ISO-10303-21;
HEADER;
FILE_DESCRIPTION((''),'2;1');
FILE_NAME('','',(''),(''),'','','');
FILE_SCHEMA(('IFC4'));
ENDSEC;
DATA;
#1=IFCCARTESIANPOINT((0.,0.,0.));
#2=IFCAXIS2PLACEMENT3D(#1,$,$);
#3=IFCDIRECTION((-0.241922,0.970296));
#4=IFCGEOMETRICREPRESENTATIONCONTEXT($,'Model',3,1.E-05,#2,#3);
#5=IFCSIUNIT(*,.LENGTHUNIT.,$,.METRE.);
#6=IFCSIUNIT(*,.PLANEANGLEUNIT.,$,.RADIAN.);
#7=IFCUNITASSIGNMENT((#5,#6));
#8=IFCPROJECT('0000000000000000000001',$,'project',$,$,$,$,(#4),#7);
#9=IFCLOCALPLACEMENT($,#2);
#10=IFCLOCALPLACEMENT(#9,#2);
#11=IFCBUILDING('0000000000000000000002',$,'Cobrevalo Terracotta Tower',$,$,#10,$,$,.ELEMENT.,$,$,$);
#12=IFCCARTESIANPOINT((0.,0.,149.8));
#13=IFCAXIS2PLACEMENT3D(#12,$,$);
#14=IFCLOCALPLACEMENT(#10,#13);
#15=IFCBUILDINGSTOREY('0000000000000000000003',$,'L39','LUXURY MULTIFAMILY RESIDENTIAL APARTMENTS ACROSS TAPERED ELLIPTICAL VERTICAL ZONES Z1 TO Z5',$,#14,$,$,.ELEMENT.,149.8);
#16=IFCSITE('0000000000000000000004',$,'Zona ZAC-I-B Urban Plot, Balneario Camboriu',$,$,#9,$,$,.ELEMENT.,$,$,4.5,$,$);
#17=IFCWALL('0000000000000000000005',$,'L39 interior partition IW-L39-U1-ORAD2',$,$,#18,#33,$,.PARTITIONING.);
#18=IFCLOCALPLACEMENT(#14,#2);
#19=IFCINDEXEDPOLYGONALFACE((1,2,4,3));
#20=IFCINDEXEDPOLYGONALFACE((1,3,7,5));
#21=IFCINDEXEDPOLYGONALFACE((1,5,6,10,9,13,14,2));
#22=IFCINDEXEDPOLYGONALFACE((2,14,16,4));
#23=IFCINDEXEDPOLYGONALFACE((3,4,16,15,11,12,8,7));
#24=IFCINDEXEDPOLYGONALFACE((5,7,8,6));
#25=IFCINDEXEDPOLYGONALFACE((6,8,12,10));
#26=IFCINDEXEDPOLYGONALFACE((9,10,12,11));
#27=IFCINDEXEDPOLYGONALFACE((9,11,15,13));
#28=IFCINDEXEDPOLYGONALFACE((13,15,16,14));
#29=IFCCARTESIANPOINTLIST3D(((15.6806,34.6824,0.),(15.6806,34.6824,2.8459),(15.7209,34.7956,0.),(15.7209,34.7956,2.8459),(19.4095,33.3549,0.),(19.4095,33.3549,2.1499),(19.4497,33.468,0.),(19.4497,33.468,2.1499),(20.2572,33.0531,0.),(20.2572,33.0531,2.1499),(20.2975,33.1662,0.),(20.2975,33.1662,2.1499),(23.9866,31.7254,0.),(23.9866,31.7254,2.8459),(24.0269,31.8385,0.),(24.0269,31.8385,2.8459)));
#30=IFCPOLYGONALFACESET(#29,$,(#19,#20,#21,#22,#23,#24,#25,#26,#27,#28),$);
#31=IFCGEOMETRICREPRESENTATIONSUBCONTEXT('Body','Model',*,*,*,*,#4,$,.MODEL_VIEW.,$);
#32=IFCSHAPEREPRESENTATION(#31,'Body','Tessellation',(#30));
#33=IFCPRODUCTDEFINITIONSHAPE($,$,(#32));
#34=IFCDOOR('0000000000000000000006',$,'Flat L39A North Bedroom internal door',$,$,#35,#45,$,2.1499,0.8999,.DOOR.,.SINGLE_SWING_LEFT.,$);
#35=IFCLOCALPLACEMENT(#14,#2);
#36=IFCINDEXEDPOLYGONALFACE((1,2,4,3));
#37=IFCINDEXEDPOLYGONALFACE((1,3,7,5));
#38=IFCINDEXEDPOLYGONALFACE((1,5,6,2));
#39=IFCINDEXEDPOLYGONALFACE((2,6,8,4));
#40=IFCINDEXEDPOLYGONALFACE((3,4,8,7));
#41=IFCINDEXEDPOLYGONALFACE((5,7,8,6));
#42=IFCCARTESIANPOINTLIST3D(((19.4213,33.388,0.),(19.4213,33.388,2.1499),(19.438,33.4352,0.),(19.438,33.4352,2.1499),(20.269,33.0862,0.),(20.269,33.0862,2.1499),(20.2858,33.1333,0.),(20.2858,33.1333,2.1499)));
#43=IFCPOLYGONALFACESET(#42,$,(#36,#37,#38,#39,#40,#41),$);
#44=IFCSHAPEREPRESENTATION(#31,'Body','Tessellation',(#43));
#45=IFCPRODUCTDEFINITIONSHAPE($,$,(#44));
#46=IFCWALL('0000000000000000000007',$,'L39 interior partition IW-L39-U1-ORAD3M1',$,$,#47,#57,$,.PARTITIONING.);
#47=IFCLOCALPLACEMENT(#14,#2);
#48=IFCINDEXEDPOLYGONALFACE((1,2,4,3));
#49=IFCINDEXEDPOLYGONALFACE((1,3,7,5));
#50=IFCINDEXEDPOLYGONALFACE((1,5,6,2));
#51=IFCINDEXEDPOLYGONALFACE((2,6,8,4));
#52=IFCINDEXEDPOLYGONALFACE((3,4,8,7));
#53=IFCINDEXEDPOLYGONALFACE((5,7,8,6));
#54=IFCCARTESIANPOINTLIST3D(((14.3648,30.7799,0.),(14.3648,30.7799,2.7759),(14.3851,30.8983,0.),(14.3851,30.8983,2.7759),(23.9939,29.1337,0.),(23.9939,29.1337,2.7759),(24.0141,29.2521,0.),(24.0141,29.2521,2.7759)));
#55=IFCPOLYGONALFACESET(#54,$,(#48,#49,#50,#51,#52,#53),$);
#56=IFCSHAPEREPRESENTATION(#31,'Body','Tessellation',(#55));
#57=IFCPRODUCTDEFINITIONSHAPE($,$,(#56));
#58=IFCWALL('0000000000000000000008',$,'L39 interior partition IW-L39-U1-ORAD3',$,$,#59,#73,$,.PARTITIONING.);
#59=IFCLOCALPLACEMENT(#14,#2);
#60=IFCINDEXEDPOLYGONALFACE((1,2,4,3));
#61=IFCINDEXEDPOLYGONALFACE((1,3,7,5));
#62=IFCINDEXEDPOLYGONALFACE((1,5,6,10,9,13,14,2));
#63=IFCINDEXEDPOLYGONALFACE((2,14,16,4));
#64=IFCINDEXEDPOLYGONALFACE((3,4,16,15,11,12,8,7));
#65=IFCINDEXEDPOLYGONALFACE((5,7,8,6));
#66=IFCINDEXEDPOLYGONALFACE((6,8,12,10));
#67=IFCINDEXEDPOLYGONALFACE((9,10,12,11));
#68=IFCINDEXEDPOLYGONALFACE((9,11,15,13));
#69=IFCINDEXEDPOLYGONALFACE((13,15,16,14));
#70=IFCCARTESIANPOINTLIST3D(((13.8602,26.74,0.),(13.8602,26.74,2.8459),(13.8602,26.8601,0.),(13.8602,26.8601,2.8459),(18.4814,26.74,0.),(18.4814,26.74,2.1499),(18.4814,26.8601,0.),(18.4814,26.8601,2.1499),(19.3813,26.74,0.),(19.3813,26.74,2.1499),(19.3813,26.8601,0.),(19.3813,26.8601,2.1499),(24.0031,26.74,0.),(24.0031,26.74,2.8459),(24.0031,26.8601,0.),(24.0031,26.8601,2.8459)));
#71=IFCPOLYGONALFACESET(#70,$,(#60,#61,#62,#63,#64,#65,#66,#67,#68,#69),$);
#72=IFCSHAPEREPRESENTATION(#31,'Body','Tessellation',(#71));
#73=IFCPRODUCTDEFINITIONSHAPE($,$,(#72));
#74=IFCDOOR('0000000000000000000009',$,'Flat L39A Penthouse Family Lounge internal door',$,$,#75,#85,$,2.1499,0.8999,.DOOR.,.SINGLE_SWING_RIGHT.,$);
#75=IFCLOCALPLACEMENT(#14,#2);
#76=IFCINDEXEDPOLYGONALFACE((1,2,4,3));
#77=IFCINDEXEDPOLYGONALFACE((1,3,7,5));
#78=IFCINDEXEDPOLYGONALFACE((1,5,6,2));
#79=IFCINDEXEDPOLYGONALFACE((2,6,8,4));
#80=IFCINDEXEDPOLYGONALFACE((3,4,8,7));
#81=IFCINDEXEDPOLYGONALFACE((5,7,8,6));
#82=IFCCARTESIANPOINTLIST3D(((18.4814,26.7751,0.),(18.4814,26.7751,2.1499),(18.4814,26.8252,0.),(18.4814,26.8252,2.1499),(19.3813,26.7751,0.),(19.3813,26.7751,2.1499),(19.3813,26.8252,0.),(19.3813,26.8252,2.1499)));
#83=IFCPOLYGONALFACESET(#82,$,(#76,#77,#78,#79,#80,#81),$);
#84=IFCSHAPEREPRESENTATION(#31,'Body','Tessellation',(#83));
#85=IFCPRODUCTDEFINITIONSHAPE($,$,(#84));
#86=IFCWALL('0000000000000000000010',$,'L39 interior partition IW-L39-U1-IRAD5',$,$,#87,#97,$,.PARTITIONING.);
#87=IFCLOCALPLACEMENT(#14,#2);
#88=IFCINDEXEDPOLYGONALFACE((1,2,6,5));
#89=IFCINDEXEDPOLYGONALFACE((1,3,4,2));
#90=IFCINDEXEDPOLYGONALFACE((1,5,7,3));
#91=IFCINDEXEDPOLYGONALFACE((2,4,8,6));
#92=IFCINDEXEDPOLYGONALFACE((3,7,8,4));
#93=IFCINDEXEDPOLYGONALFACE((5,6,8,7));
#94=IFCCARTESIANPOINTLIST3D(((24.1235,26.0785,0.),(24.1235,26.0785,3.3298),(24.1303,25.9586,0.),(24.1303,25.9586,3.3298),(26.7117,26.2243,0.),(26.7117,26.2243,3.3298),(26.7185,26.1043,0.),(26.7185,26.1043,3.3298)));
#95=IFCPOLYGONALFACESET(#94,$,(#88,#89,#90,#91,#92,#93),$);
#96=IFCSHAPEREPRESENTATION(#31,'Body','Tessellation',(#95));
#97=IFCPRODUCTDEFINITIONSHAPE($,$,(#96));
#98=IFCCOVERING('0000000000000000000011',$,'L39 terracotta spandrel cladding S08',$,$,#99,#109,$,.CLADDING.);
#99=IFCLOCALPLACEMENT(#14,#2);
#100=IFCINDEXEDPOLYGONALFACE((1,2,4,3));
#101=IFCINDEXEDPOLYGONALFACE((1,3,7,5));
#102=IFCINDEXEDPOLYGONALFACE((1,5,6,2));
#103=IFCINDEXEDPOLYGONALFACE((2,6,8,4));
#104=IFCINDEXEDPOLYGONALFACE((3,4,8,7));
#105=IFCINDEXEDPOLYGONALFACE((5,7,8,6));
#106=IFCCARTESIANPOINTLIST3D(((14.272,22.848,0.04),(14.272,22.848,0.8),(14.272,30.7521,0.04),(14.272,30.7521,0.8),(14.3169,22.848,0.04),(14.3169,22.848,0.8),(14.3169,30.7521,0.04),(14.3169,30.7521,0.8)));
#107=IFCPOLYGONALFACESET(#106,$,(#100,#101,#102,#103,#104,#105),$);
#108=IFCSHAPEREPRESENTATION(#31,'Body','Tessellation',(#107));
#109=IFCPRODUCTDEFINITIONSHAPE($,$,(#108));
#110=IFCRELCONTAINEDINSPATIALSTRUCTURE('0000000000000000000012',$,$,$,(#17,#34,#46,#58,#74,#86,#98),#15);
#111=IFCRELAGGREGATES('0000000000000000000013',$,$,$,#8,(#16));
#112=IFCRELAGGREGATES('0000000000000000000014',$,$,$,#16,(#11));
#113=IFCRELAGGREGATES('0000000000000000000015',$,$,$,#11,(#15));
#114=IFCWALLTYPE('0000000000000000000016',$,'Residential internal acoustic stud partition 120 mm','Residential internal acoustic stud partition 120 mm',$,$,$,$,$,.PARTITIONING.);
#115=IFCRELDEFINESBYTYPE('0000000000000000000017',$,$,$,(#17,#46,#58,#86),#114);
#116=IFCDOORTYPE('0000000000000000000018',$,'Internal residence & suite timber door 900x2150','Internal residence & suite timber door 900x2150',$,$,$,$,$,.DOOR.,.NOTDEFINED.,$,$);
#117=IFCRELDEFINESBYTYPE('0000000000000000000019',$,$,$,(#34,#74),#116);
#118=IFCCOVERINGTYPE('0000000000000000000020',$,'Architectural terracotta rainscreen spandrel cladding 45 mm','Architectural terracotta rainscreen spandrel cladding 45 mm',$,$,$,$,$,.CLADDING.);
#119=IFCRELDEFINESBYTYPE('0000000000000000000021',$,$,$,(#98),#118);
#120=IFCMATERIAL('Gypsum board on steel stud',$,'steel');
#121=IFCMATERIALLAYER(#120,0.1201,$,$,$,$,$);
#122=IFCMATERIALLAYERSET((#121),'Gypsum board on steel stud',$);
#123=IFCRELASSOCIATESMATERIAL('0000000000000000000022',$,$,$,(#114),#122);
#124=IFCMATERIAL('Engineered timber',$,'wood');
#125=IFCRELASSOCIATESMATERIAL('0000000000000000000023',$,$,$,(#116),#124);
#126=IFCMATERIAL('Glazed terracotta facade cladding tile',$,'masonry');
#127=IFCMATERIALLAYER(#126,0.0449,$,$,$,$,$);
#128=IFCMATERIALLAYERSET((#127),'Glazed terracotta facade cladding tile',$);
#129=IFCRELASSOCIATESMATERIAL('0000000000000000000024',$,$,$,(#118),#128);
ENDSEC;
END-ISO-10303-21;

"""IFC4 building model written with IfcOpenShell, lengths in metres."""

from ifc_helpers import new_model, si_unit, direction, frame, frame_2d, origin, origin_2d, place, context, subcontext, project, spatial, rectangle, extrude, source, transform, mapped, material, layer, layer_set, type_object, element, fill, save


model = new_model("IFC4")

# Units and contexts
model_context = context("Model", 3, precision=1e-05, world=origin(), true_north=direction((-0.241922, 0.970296)))
body_context = subcontext(model_context, "Body", "Model", "MODEL_VIEW")
ifc_project = project(units=[si_unit("LENGTHUNIT", "METRE"), si_unit("PLANEANGLEUNIT", "RADIAN")], contexts=[model_context])

# Site, building, storey
site_placement = place(None, origin())
site = spatial("IfcSite", under=ifc_project, at=site_placement, Name="Zona ZAC-I-B Urban Plot, Balneario Camboriu", CompositionType="ELEMENT", RefElevation=4.5)
building_placement = place(site_placement, origin())
building = spatial("IfcBuilding", under=site, at=building_placement, Name="Cobrevalo Terracotta Tower", CompositionType="ELEMENT")
storey_placement = place(building_placement, frame((0.0, 0.0, 149.8)))
storey = spatial("IfcBuildingStorey", under=building, at=storey_placement, Name="L39", Description="LUXURY MULTIFAMILY RESIDENTIAL APARTMENTS ACROSS TAPERED ELLIPTICAL VERTICAL ZONES Z1 TO Z5", CompositionType="ELEMENT", Elevation=149.8)

# Wall, opening, door
ifc_material_1 = material(Name="Gypsum board on steel stud", Category="steel")
ifc_layer_1 = layer(ifc_material_1, 0.1201)
ifc_layer_set_1 = layer_set([ifc_layer_1], Name="Gypsum board on steel stud")
wall_type_1 = type_object("IfcWallType", Name="Residential internal acoustic stud partition 120 mm", Description="Residential internal acoustic stud partition 120 mm", PredefinedType="PARTITIONING", material=ifc_layer_set_1)
wall_1_placement = place(storey_placement, frame((24.0066, 31.782, 0.0), z_axis=(0.0, 0.0, 1.0), x_axis=(-0.942078, 0.335394, 0.0)))
wall_1 = element("IfcWall", 1, at=wall_1_placement, inside=storey, type_object=wall_type_1, Name="L39 interior partition IW-L39-U1-ORAD2", PredefinedType="PARTITIONING", context=body_context, shape_type="SweptSolid", body=[
    extrude(rectangle(XDim=8.8167, YDim=0.1201, at=frame_2d((4.4082, 0.0))), origin(), (0.0, 0.0, 1.0), 2.8459),
])
opening_1_placement = place(wall_1_placement, frame((3.9585, 0.0, 0.0)))
opening_1 = element("IfcOpeningElement", 2, at=opening_1_placement, cuts=wall_1, PredefinedType="OPENING", context=body_context, shape_type="SweptSolid", body=[
    extrude(rectangle(XDim=0.8999, YDim=2.1499, at=frame_2d((0.45, 1.075))), frame((0.0, 0.0701, 0.0), z_axis=(0.0, -1.0, 0.0), x_axis=(1.0, 0.0, 0.0)), (0.0, 0.0, 1.0), 0.1401),
])
ifc_material_2 = material(Name="Engineered timber", Category="wood")
door_type = type_object("IfcDoorType", Name="Internal residence & suite timber door 900x2150", Description="Internal residence & suite timber door 900x2150", OperationType="NOTDEFINED", PredefinedType="DOOR", material=ifc_material_2)
shared_shape_1 = source(origin(), body_context, "Body", "SweptSolid", [
    extrude(rectangle(XDim=0.8999, YDim=2.1499, at=frame_2d((0.45, 1.075))), frame((0.0, 0.0249, 0.0), z_axis=(0.0, -1.0, 0.0), x_axis=(1.0, 0.0, 0.0)), (0.0, 0.0, 1.0), 0.05),
])
door_1_placement = place(opening_1_placement, origin())
door_1 = element("IfcDoor", 3, at=door_1_placement, inside=storey, type_object=door_type, Name="Flat L39A North Bedroom internal door", OperationType="SINGLE_SWING_LEFT", OverallHeight=2.1499, OverallWidth=0.8999, PredefinedType="DOOR", context=body_context, shape_type="MappedRepresentation", body=[
    mapped(shared_shape_1, transform((0.0, 0.0, 0.0), scale=1.0)),
])
fill(opening_1, door_1)

# Wall
wall_2_placement = place(storey_placement, frame((24.0039, 29.1929, 0.0), z_axis=(0.0, 0.0, 1.0), x_axis=(-0.985698, 0.168519, 0.0)))
element("IfcWall", 4, at=wall_2_placement, inside=storey, type_object=wall_type_1, Name="L39 interior partition IW-L39-U1-ORAD3M1", PredefinedType="PARTITIONING", context=body_context, shape_type="SweptSolid", body=[
    extrude(rectangle(XDim=9.7688, YDim=0.1201, at=frame_2d((4.8843, 0.0))), origin(), (0.0, 0.0, 1.0), 2.7759),
])

# Wall, opening, door
wall_3_placement = place(storey_placement, frame((24.0029, 26.8, 0.0), z_axis=(0.0, 0.0, 1.0), x_axis=(-1.0, 0.0, 0.0)))
wall_3 = element("IfcWall", 5, at=wall_3_placement, inside=storey, type_object=wall_type_1, Name="L39 interior partition IW-L39-U1-ORAD3", PredefinedType="PARTITIONING", context=body_context, shape_type="SweptSolid", body=[
    extrude(rectangle(XDim=10.1428, YDim=0.1201, at=frame_2d((5.0713, 0.0))), origin(), (0.0, 0.0, 1.0), 2.8459),
])
opening_2_placement = place(wall_3_placement, frame((4.6216, 0.0, 0.0)))
opening_2 = element("IfcOpeningElement", 6, at=opening_2_placement, cuts=wall_3, PredefinedType="OPENING", context=body_context, shape_type="SweptSolid", body=[
    extrude(rectangle(XDim=0.8999, YDim=2.1499, at=frame_2d((0.45, 1.075))), frame((0.0, 0.0701, 0.0), z_axis=(0.0, -1.0, 0.0), x_axis=(1.0, 0.0, 0.0)), (0.0, 0.0, 1.0), 0.1401),
])
door_2_placement = place(opening_2_placement, origin())
door_2 = element("IfcDoor", 7, at=door_2_placement, inside=storey, type_object=door_type, Name="Flat L39A Penthouse Family Lounge internal door", OperationType="SINGLE_SWING_RIGHT", OverallHeight=2.1499, OverallWidth=0.8999, PredefinedType="DOOR", context=body_context, shape_type="MappedRepresentation", body=[
    mapped(shared_shape_1, transform((0.0, 0.0, 0.0), scale=1.0)),
])
fill(opening_2, door_2)

# Wall
wall_4_placement = place(storey_placement, frame((26.7151, 26.1643, 0.0), z_axis=(0.0, 0.0, 1.0), x_axis=(-0.998418, -0.056226, 0.0)))
element("IfcWall", 8, at=wall_4_placement, inside=storey, type_object=wall_type_1, Name="L39 interior partition IW-L39-U1-IRAD5", PredefinedType="PARTITIONING", context=body_context, shape_type="SweptSolid", body=[
    extrude(rectangle(XDim=2.5923, YDim=0.1201, at=frame_2d((1.2961, 0.0))), origin(), (0.0, 0.0, 1.0), 3.3298),
])

# Covering
ifc_material_3 = material(Name="Glazed terracotta facade cladding tile", Category="masonry")
ifc_layer_2 = layer(ifc_material_3, 0.0449)
ifc_layer_set_2 = layer_set([ifc_layer_2], Name="Glazed terracotta facade cladding tile")
covering_type = type_object("IfcCoveringType", Name="Architectural terracotta rainscreen spandrel cladding 45 mm", Description="Architectural terracotta rainscreen spandrel cladding 45 mm", PredefinedType="CLADDING", material=ifc_layer_set_2)
shared_shape_2 = source(origin(), body_context, "Body", "SweptSolid", [
    extrude(rectangle(XDim=7.9041, YDim=0.0449, at=origin_2d()), origin(), (0.0, 0.0, 1.0), 0.76),
])
covering_placement = place(storey_placement, frame((14.2944, 26.8, 0.04), z_axis=(0.0, 0.0, 1.0), x_axis=(0.0, -1.0, 0.0)))
element("IfcCovering", 9, at=covering_placement, inside=storey, type_object=covering_type, Name="L39 terracotta spandrel cladding S08", PredefinedType="CLADDING", context=body_context, shape_type="MappedRepresentation", body=[
    mapped(shared_shape_2, transform((0.0, 0.0, 0.0), scale=1.0)),
])

save(model, "model.ifc")
